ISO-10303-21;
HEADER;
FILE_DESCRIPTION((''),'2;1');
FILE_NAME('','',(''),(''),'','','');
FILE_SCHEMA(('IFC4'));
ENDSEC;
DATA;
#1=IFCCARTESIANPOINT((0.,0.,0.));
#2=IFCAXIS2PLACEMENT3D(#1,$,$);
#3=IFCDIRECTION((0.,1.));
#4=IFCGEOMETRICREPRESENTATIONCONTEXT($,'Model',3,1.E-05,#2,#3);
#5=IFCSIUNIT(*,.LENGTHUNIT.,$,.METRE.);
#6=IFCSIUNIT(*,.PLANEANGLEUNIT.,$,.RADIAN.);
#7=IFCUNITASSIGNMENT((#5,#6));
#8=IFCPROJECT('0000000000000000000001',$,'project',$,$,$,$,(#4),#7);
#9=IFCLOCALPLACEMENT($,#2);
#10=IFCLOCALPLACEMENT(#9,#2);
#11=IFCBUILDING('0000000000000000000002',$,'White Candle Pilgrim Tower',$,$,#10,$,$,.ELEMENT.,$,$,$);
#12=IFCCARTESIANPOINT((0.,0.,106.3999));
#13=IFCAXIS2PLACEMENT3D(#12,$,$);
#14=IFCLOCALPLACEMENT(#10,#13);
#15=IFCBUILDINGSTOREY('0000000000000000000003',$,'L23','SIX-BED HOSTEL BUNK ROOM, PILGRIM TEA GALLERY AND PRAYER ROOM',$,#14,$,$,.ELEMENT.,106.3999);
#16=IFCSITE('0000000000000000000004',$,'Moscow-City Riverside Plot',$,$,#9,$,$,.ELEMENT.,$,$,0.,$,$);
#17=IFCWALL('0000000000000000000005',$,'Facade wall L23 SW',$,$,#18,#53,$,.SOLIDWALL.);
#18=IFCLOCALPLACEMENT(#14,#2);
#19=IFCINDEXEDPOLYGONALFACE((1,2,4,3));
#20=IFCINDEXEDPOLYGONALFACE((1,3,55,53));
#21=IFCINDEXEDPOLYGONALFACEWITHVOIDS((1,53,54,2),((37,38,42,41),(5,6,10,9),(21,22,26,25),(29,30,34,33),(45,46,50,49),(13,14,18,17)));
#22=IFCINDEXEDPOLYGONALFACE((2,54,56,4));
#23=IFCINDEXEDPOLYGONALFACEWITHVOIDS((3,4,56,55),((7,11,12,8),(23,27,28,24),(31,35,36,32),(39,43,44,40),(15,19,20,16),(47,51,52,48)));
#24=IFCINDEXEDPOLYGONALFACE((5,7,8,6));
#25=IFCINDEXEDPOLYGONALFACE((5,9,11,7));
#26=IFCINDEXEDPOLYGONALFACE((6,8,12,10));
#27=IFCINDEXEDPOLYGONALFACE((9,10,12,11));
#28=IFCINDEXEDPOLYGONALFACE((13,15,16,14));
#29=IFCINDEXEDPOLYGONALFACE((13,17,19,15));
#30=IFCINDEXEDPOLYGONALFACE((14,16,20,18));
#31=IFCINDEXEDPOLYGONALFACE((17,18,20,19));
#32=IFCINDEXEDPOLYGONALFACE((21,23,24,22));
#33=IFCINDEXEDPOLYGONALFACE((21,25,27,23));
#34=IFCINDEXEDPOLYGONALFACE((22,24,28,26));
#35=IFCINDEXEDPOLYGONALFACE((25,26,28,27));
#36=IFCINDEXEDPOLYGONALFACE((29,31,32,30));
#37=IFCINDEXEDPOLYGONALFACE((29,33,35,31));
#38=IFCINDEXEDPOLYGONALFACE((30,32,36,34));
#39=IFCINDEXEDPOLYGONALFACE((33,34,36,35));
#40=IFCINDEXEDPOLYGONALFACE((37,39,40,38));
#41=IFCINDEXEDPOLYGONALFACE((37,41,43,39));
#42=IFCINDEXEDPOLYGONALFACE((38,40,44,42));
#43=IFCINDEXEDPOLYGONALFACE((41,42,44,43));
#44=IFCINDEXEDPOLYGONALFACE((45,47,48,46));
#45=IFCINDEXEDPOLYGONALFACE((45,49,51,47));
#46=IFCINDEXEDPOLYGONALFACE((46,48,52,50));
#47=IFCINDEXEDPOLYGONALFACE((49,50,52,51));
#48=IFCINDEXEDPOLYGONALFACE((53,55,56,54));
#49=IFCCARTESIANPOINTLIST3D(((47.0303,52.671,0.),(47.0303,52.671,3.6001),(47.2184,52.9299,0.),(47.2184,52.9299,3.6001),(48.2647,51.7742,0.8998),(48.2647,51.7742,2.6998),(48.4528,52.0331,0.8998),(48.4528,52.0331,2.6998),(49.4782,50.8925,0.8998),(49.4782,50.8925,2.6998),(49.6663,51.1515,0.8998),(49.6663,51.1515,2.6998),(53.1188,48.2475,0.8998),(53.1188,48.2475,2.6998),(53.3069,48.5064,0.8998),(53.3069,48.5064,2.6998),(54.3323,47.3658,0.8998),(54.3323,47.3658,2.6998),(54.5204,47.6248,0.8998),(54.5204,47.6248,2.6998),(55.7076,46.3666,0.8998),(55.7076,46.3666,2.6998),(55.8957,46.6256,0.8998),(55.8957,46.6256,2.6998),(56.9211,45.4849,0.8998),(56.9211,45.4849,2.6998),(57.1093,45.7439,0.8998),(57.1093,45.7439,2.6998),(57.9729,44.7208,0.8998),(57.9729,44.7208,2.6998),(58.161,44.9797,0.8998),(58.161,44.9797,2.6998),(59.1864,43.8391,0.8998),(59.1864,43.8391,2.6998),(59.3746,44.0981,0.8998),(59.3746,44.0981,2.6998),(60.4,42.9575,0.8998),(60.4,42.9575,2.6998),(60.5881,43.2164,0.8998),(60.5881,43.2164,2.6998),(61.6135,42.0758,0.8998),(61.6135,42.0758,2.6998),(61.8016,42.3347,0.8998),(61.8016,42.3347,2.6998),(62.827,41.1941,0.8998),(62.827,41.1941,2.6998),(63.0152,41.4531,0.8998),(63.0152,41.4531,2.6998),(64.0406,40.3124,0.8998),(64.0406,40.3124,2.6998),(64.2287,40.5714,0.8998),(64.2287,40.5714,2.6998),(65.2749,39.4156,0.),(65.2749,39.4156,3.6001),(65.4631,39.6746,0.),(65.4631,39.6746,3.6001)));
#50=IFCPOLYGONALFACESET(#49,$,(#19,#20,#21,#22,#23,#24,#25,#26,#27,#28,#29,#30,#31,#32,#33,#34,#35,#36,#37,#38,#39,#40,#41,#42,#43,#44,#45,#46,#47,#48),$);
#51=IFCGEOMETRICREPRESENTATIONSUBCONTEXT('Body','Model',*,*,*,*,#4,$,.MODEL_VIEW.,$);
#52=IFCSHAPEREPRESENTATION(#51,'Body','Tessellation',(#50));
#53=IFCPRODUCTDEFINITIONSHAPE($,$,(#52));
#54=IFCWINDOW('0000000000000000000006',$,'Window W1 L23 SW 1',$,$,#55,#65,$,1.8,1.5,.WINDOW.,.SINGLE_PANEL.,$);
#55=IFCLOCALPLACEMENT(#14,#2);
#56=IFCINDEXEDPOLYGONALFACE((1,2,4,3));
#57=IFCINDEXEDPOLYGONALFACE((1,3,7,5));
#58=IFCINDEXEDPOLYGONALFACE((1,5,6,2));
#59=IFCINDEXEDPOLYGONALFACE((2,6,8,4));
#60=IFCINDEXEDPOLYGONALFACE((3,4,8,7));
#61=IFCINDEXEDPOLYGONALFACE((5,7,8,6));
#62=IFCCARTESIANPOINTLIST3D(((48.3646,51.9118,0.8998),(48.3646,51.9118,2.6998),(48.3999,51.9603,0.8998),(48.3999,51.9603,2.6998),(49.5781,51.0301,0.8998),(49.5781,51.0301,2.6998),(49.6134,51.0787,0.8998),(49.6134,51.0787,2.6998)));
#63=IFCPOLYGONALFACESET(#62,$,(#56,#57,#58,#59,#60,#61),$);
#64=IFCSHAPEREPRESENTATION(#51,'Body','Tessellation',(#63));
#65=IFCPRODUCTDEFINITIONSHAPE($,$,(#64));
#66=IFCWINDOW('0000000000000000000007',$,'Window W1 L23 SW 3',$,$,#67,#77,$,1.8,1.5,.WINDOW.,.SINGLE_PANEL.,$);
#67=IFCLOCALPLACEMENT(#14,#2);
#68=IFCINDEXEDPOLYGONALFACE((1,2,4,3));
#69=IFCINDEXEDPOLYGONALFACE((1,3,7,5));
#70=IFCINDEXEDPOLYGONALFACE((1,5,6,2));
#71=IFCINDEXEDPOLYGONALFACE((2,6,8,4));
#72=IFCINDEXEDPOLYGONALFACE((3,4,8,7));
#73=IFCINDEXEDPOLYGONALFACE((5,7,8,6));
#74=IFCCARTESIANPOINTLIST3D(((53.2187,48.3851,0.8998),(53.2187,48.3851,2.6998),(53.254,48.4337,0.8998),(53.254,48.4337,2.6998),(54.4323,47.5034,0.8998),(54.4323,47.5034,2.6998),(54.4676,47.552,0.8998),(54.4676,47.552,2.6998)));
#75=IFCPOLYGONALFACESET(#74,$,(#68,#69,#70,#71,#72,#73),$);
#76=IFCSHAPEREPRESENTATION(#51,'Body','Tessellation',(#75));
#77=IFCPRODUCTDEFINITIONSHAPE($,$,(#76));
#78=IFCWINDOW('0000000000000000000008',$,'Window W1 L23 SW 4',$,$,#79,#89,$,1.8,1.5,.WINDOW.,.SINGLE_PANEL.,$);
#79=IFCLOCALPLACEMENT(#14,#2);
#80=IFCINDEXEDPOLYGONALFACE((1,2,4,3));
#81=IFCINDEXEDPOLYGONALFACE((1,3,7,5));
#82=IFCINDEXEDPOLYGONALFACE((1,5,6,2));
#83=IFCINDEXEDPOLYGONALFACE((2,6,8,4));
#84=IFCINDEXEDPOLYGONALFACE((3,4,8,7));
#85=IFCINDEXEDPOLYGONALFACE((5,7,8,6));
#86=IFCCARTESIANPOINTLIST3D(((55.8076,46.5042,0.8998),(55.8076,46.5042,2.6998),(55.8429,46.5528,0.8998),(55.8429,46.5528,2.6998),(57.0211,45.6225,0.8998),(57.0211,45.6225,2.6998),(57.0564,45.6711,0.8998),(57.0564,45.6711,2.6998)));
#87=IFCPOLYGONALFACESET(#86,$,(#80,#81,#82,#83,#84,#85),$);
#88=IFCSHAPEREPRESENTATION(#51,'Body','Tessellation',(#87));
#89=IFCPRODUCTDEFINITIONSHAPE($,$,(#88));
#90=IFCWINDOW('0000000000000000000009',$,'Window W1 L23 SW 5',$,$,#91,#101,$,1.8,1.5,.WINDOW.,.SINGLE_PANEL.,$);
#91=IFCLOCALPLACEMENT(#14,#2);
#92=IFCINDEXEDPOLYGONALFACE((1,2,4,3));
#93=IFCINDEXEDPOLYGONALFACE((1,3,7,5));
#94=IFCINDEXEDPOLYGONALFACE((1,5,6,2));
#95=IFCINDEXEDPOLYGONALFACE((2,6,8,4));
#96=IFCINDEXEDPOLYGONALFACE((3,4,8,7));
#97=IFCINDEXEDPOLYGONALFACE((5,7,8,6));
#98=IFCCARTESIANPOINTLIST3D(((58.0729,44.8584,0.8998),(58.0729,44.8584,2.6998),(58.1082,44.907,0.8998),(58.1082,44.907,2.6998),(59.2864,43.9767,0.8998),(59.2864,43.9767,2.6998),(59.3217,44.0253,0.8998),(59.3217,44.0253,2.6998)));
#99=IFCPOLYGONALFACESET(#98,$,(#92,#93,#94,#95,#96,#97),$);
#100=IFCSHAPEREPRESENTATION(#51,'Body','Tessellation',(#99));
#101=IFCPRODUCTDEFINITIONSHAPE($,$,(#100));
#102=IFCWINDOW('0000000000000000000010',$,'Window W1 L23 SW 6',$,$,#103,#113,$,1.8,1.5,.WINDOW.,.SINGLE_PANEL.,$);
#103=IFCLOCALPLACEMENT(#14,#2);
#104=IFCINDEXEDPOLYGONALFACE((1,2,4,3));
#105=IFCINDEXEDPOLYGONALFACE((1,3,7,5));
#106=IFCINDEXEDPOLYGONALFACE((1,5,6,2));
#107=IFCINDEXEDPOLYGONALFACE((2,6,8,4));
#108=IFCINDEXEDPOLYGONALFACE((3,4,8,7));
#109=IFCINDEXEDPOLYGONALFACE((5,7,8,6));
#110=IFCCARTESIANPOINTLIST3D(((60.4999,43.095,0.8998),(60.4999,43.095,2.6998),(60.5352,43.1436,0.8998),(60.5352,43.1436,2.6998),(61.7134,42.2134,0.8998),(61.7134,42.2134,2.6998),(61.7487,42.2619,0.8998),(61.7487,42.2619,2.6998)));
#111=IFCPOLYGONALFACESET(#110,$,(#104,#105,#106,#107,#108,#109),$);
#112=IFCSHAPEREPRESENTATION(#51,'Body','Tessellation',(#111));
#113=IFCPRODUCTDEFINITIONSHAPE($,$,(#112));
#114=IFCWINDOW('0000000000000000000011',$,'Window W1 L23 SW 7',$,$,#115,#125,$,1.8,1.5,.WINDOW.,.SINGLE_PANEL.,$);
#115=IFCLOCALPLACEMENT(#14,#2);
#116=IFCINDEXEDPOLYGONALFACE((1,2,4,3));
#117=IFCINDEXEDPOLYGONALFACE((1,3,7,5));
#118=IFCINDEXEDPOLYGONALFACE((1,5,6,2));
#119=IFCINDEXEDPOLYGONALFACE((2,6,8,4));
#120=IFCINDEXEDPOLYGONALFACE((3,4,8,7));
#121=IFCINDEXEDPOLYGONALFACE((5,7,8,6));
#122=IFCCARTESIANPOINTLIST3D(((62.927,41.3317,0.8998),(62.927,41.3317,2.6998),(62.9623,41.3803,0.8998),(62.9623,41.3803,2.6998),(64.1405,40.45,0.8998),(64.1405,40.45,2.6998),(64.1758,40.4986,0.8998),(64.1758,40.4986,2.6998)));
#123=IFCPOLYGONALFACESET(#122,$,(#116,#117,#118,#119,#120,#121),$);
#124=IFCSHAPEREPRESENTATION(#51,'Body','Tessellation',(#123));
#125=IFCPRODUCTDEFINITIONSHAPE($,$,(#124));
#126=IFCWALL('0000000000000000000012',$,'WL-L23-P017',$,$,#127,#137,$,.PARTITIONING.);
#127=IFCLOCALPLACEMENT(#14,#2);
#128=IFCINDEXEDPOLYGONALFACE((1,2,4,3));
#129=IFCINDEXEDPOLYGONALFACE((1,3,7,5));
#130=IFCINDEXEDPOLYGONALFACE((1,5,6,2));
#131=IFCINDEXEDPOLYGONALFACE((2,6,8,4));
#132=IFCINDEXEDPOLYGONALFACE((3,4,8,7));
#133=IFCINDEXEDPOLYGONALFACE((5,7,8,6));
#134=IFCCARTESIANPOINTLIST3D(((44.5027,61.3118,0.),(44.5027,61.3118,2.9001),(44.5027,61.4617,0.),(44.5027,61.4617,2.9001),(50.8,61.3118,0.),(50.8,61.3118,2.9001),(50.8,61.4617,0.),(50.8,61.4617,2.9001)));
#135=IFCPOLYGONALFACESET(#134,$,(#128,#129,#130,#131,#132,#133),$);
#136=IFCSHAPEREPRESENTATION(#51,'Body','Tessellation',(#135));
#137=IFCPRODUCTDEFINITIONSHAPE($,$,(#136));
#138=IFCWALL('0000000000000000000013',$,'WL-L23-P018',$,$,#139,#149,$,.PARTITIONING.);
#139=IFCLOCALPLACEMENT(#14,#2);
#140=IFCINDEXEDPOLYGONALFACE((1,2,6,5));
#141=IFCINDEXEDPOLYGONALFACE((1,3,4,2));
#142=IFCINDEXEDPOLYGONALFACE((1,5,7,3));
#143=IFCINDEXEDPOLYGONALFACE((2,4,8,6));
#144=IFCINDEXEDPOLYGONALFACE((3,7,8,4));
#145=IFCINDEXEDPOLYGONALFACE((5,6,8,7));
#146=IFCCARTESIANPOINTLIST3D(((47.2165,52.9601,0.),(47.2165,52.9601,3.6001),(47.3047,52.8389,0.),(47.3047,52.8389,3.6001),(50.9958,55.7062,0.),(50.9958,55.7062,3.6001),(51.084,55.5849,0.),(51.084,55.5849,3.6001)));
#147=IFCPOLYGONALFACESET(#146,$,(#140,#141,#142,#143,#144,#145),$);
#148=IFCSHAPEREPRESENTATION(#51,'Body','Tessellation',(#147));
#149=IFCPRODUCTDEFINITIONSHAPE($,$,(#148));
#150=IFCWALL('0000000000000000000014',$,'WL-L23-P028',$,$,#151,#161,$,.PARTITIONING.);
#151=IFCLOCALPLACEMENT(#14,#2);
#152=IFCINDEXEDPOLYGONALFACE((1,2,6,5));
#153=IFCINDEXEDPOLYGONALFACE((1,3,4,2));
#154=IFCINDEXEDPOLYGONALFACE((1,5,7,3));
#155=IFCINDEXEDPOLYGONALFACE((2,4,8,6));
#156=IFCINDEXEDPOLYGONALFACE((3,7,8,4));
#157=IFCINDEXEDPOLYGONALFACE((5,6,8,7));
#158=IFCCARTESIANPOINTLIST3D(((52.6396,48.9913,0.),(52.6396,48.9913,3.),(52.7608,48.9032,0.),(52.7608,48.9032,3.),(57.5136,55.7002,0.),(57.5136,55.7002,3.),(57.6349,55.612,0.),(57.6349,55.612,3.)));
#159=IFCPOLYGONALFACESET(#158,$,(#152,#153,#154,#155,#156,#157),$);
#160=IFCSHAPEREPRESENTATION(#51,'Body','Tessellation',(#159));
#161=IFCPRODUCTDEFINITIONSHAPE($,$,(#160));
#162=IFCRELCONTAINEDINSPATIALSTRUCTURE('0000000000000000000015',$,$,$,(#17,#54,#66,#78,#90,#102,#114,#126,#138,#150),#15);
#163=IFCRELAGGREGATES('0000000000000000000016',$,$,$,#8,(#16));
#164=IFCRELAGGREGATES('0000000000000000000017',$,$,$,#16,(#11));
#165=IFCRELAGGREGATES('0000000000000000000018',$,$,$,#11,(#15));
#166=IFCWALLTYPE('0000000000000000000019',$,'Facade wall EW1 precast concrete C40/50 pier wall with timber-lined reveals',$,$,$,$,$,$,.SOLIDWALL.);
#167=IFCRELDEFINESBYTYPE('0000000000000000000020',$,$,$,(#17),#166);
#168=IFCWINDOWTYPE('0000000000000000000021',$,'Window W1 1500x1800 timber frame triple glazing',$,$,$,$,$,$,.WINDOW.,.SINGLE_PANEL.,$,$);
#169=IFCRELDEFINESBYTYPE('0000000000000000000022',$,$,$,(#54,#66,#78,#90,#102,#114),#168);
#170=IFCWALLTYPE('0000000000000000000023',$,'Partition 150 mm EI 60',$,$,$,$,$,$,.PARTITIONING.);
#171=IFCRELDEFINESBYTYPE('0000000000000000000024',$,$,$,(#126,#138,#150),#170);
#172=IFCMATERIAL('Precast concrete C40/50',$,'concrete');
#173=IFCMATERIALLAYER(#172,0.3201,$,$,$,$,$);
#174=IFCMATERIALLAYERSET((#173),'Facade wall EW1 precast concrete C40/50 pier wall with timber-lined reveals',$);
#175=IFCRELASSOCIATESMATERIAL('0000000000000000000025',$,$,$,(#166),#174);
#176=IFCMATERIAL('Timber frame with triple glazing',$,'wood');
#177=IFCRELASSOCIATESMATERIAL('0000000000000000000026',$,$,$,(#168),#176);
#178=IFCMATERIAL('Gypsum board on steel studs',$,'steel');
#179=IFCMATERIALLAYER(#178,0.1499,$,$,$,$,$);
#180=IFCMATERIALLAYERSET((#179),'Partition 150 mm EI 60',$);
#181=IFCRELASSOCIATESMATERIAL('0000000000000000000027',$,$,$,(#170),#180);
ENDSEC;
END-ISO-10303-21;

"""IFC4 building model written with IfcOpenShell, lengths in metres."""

from ifc_helpers import new_model, si_unit, direction, frame, frame_2d, origin, place, context, subcontext, project, spatial, rectangle, extrude, material, layer, layer_set, type_object, element, fill, save


model = new_model("IFC4")

# Units and contexts
model_context = context("Model", 3, precision=1e-05, world=origin(), true_north=direction((0.0, 1.0)))
body_context = subcontext(model_context, "Body", "Model", "MODEL_VIEW")
ifc_project = project(units=[si_unit("LENGTHUNIT", "METRE"), si_unit("PLANEANGLEUNIT", "RADIAN")], contexts=[model_context])

# Site, building, storey
site_placement = place(None, origin())
site = spatial("IfcSite", under=ifc_project, at=site_placement, Name="Moscow-City Riverside Plot", CompositionType="ELEMENT", RefElevation=0.0)
building_placement = place(site_placement, origin())
building = spatial("IfcBuilding", under=site, at=building_placement, Name="White Candle Pilgrim Tower", CompositionType="ELEMENT")
storey_placement = place(building_placement, frame((0.0, 0.0, 106.3999)))
storey = spatial("IfcBuildingStorey", under=building, at=storey_placement, Name="L23", Description="SIX-BED HOSTEL BUNK ROOM, PILGRIM TEA GALLERY AND PRAYER ROOM", CompositionType="ELEMENT", Elevation=106.3999)

# Shared definitions
ifc_material_1 = material(Name="Gypsum board on steel studs", Category="steel")

# Wall, openings, windows
ifc_material_2 = material(Name="Precast concrete C40/50", Category="concrete")
ifc_layer_1 = layer(ifc_material_2, 0.3201)
ifc_layer_set_1 = layer_set([ifc_layer_1], Name="Facade wall EW1 precast concrete C40/50 pier wall with timber-lined reveals")
wall_type_1 = type_object("IfcWallType", Name="Facade wall EW1 precast concrete C40/50 pier wall with timber-lined reveals", PredefinedType="SOLIDWALL", material=ifc_layer_set_1)
ifc_material_3 = material(Name="Timber frame with triple glazing", Category="wood")
wall_1_placement = place(storey_placement, frame((47.1243, 52.8005, 0.0), z_axis=(0.0, 0.0, 1.0), x_axis=(0.80902, -0.587782, 0.0)))
wall_1 = element("IfcWall", 1, at=wall_1_placement, inside=storey, type_object=wall_type_1, Name="Facade wall L23 SW", PredefinedType="SOLIDWALL", context=body_context, shape_type="SweptSolid", body=[
    extrude(rectangle(XDim=22.5515, YDim=0.3201, at=frame_2d((11.2759, 0.0))), origin(), (0.0, 0.0, 1.0), 3.6001),
])
opening_1_placement = place(wall_1_placement, frame((1.5259, 0.0, 0.8999)))
opening_1 = element("IfcOpeningElement", 2, at=opening_1_placement, cuts=wall_1, PredefinedType="OPENING", context=body_context, shape_type="SweptSolid", body=[
    extrude(rectangle(XDim=1.5, YDim=1.8, at=frame_2d((0.75, 0.8999))), frame((0.0, 0.1699, 0.0), z_axis=(0.0, -1.0, 0.0), x_axis=(1.0, 0.0, 0.0)), (0.0, 0.0, 1.0), 0.3401),
])
opening_2_placement = place(wall_1_placement, frame((7.5259, 0.0, 0.8999)))
opening_2 = element("IfcOpeningElement", 3, at=opening_2_placement, cuts=wall_1, PredefinedType="OPENING", context=body_context, shape_type="SweptSolid", body=[
    extrude(rectangle(XDim=1.5, YDim=1.8, at=frame_2d((0.75, 0.8999))), frame((0.0, 0.1699, 0.0), z_axis=(0.0, -1.0, 0.0), x_axis=(1.0, 0.0, 0.0)), (0.0, 0.0, 1.0), 0.3401),
])
opening_3_placement = place(wall_1_placement, frame((10.7258, 0.0, 0.8999)))
opening_3 = element("IfcOpeningElement", 4, at=opening_3_placement, cuts=wall_1, PredefinedType="OPENING", context=body_context, shape_type="SweptSolid", body=[
    extrude(rectangle(XDim=1.5, YDim=1.8, at=frame_2d((0.75, 0.8999))), frame((0.0, 0.1699, 0.0), z_axis=(0.0, -1.0, 0.0), x_axis=(1.0, 0.0, 0.0)), (0.0, 0.0, 1.0), 0.3401),
])
opening_4_placement = place(wall_1_placement, frame((13.5259, 0.0, 0.8999)))
opening_4 = element("IfcOpeningElement", 5, at=opening_4_placement, cuts=wall_1, PredefinedType="OPENING", context=body_context, shape_type="SweptSolid", body=[
    extrude(rectangle(XDim=1.5, YDim=1.8, at=frame_2d((0.75, 0.8999))), frame((0.0, 0.1699, 0.0), z_axis=(0.0, -1.0, 0.0), x_axis=(1.0, 0.0, 0.0)), (0.0, 0.0, 1.0), 0.3401),
])
opening_5_placement = place(wall_1_placement, frame((16.5259, 0.0, 0.8999)))
opening_5 = element("IfcOpeningElement", 6, at=opening_5_placement, cuts=wall_1, PredefinedType="OPENING", context=body_context, shape_type="SweptSolid", body=[
    extrude(rectangle(XDim=1.5, YDim=1.8, at=frame_2d((0.75, 0.8999))), frame((0.0, 0.1699, 0.0), z_axis=(0.0, -1.0, 0.0), x_axis=(1.0, 0.0, 0.0)), (0.0, 0.0, 1.0), 0.3401),
])
opening_6_placement = place(wall_1_placement, frame((19.5259, 0.0, 0.8999)))
opening_6 = element("IfcOpeningElement", 7, at=opening_6_placement, cuts=wall_1, PredefinedType="OPENING", context=body_context, shape_type="SweptSolid", body=[
    extrude(rectangle(XDim=1.5, YDim=1.8, at=frame_2d((0.75, 0.8999))), frame((0.0, 0.1699, 0.0), z_axis=(0.0, -1.0, 0.0), x_axis=(1.0, 0.0, 0.0)), (0.0, 0.0, 1.0), 0.3401),
])
window_type_1 = type_object("IfcWindowType", Name="Window W1 1500x1800 timber frame triple glazing", PartitioningType="SINGLE_PANEL", PredefinedType="WINDOW", material=ifc_material_3)
window_1_placement = place(opening_1_placement, origin())
window_1 = element("IfcWindow", 8, at=window_1_placement, inside=storey, type_object=window_type_1, Name="Window W1 L23 SW 1", OverallHeight=1.8, OverallWidth=1.5, PartitioningType="SINGLE_PANEL", PredefinedType="WINDOW", context=body_context, shape_type="SweptSolid", body=[
    extrude(rectangle(XDim=1.5, YDim=1.8, at=frame_2d((0.75, 0.8999))), frame((0.0, 0.0701, 0.0), z_axis=(0.0, -1.0, 0.0), x_axis=(1.0, 0.0, 0.0)), (0.0, 0.0, 1.0), 0.0601),
])
fill(opening_1, window_1)
window_2_placement = place(opening_2_placement, origin())
window_2 = element("IfcWindow", 9, at=window_2_placement, inside=storey, type_object=window_type_1, Name="Window W1 L23 SW 3", OverallHeight=1.8, OverallWidth=1.5, PartitioningType="SINGLE_PANEL", PredefinedType="WINDOW", context=body_context, shape_type="SweptSolid", body=[
    extrude(rectangle(XDim=1.5, YDim=1.8, at=frame_2d((0.75, 0.8999))), frame((0.0, 0.0701, 0.0), z_axis=(0.0, -1.0, 0.0), x_axis=(1.0, 0.0, 0.0)), (0.0, 0.0, 1.0), 0.0601),
])
fill(opening_2, window_2)
window_3_placement = place(opening_3_placement, origin())
window_3 = element("IfcWindow", 10, at=window_3_placement, inside=storey, type_object=window_type_1, Name="Window W1 L23 SW 4", OverallHeight=1.8, OverallWidth=1.5, PartitioningType="SINGLE_PANEL", PredefinedType="WINDOW", context=body_context, shape_type="SweptSolid", body=[
    extrude(rectangle(XDim=1.5, YDim=1.8, at=frame_2d((0.75, 0.8999))), frame((0.0, 0.0701, 0.0), z_axis=(0.0, -1.0, 0.0), x_axis=(1.0, 0.0, 0.0)), (0.0, 0.0, 1.0), 0.0601),
])
fill(opening_3, window_3)
window_4_placement = place(opening_4_placement, origin())
window_4 = element("IfcWindow", 11, at=window_4_placement, inside=storey, type_object=window_type_1, Name="Window W1 L23 SW 5", OverallHeight=1.8, OverallWidth=1.5, PartitioningType="SINGLE_PANEL", PredefinedType="WINDOW", context=body_context, shape_type="SweptSolid", body=[
    extrude(rectangle(XDim=1.5, YDim=1.8, at=frame_2d((0.75, 0.8999))), frame((0.0, 0.0701, 0.0), z_axis=(0.0, -1.0, 0.0), x_axis=(1.0, 0.0, 0.0)), (0.0, 0.0, 1.0), 0.0601),
])
fill(opening_4, window_4)
window_5_placement = place(opening_5_placement, origin())
window_5 = element("IfcWindow", 12, at=window_5_placement, inside=storey, type_object=window_type_1, Name="Window W1 L23 SW 6", OverallHeight=1.8, OverallWidth=1.5, PartitioningType="SINGLE_PANEL", PredefinedType="WINDOW", context=body_context, shape_type="SweptSolid", body=[
    extrude(rectangle(XDim=1.5, YDim=1.8, at=frame_2d((0.75, 0.8999))), frame((0.0, 0.0701, 0.0), z_axis=(0.0, -1.0, 0.0), x_axis=(1.0, 0.0, 0.0)), (0.0, 0.0, 1.0), 0.0601),
])
fill(opening_5, window_5)
window_6_placement = place(opening_6_placement, origin())
window_6 = element("IfcWindow", 13, at=window_6_placement, inside=storey, type_object=window_type_1, Name="Window W1 L23 SW 7", OverallHeight=1.8, OverallWidth=1.5, PartitioningType="SINGLE_PANEL", PredefinedType="WINDOW", context=body_context, shape_type="SweptSolid", body=[
    extrude(rectangle(XDim=1.5, YDim=1.8, at=frame_2d((0.75, 0.8999))), frame((0.0, 0.0701, 0.0), z_axis=(0.0, -1.0, 0.0), x_axis=(1.0, 0.0, 0.0)), (0.0, 0.0, 1.0), 0.0601),
])
fill(opening_6, window_6)

# Walls
ifc_layer_2 = layer(ifc_material_1, 0.1499)
ifc_layer_set_2 = layer_set([ifc_layer_2], Name="Partition 150 mm EI 60")
wall_type_2 = type_object("IfcWallType", Name="Partition 150 mm EI 60", PredefinedType="PARTITIONING", material=ifc_layer_set_2)
wall_2_placement = place(storey_placement, frame((44.5027, 61.3867, 0.0), z_axis=(0.0, 0.0, 1.0), x_axis=(1.0, 0.0, 0.0)))
element("IfcWall", 14, at=wall_2_placement, inside=storey, type_object=wall_type_2, Name="WL-L23-P017", PredefinedType="PARTITIONING", context=body_context, shape_type="SweptSolid", body=[
    extrude(rectangle(XDim=6.2974, YDim=0.1499, at=frame_2d((3.1487, 0.0))), origin(), (0.0, 0.0, 1.0), 2.9001),
])
wall_3_placement = place(storey_placement, frame((47.2605, 52.8994, 0.0), z_axis=(0.0, 0.0, 1.0), x_axis=(0.808989, 0.587824, 0.0)))
element("IfcWall", 15, at=wall_3_placement, inside=storey, type_object=wall_type_2, Name="WL-L23-P018", PredefinedType="PARTITIONING", context=body_context, shape_type="SweptSolid", body=[
    extrude(rectangle(XDim=4.6716, YDim=0.1499, at=frame_2d((2.3359, 0.0))), origin(), (0.0, 0.0, 1.0), 3.6001),
])
wall_4_placement = place(storey_placement, frame((52.7002, 48.9473, 0.0), z_axis=(0.0, 0.0, 1.0), x_axis=(0.587772, 0.809026, 0.0)))
element("IfcWall", 16, at=wall_4_placement, inside=storey, type_object=wall_type_2, Name="WL-L23-P028", PredefinedType="PARTITIONING", context=body_context, shape_type="SweptSolid", body=[
    extrude(rectangle(XDim=8.2925, YDim=0.1499, at=frame_2d((4.1462, 0.0))), origin(), (0.0, 0.0, 1.0), 3.0),
])

save(model, "model.ifc")
